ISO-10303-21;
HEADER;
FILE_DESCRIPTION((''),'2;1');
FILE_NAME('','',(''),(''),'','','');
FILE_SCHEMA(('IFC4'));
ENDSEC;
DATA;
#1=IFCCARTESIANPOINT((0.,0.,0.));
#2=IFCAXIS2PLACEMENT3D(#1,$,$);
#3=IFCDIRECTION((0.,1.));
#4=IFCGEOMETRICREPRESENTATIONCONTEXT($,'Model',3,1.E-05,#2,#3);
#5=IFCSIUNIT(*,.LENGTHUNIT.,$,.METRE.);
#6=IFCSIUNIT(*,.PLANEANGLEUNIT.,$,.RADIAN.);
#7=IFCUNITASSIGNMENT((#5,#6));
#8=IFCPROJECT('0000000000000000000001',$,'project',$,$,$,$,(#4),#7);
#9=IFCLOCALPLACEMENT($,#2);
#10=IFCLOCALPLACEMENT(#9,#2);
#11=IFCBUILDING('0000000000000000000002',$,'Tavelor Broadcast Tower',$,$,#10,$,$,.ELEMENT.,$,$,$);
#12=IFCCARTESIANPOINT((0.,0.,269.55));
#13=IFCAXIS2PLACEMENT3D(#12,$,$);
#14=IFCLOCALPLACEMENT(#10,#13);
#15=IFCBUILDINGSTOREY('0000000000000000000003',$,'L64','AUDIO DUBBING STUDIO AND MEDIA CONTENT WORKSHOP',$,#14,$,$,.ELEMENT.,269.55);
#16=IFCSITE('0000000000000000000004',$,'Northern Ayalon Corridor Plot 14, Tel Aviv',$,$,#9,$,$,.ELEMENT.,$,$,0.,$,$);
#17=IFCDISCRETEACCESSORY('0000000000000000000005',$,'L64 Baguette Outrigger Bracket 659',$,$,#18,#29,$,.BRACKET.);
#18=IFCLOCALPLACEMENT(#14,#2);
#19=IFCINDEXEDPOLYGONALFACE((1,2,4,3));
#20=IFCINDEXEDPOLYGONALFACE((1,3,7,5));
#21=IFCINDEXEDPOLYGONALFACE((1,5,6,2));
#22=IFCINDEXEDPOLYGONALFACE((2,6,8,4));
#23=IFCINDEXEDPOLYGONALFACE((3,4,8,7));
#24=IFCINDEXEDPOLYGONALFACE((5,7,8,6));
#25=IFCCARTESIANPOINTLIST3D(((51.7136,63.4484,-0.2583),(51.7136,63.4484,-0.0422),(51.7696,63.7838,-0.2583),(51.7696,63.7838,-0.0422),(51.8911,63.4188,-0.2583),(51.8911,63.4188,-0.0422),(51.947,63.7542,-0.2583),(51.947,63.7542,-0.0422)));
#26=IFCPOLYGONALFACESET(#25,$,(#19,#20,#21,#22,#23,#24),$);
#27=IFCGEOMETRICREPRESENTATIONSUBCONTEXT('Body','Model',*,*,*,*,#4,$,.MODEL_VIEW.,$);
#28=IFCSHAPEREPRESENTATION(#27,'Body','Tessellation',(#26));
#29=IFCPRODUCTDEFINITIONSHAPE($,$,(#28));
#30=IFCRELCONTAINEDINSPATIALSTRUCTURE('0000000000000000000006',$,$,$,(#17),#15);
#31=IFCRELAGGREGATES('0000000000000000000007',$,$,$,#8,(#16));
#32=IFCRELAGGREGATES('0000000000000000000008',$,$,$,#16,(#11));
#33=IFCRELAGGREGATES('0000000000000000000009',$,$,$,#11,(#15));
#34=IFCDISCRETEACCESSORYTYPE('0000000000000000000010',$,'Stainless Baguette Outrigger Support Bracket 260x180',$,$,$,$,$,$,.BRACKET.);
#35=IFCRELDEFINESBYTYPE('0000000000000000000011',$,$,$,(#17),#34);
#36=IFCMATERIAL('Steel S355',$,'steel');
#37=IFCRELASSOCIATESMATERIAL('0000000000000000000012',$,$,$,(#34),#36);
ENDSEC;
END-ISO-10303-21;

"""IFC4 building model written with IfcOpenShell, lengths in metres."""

from ifc_helpers import new_model, si_unit, direction, frame, origin, origin_2d, place, context, subcontext, project, spatial, rectangle, extrude, source, transform, mapped, material, type_object, type_shapes, element, save


model = new_model("IFC4")

# Units and contexts
model_context = context("Model", 3, precision=1e-05, world=origin(), true_north=direction((0.0, 1.0)))
body_context = subcontext(model_context, "Body", "Model", "MODEL_VIEW")
ifc_project = project(units=[si_unit("LENGTHUNIT", "METRE"), si_unit("PLANEANGLEUNIT", "RADIAN")], contexts=[model_context])

# Site, building, storey
site_placement = place(None, origin())
site = spatial("IfcSite", under=ifc_project, at=site_placement, Name="Northern Ayalon Corridor Plot 14, Tel Aviv", CompositionType="ELEMENT", RefElevation=0.0)
building_placement = place(site_placement, origin())
building = spatial("IfcBuilding", under=site, at=building_placement, Name="Tavelor Broadcast Tower", CompositionType="ELEMENT")
storey_placement = place(building_placement, frame((0.0, 0.0, 269.55)))
storey = spatial("IfcBuildingStorey", under=building, at=storey_placement, Name="L64", Description="AUDIO DUBBING STUDIO AND MEDIA CONTENT WORKSHOP", CompositionType="ELEMENT", Elevation=269.55)

# Discrete accessory
ifc_material_1 = material(Name="Steel S355", Category="steel")
discrete_accessory_type = type_object("IfcDiscreteAccessoryType", Name="Stainless Baguette Outrigger Support Bracket 260x180", PredefinedType="BRACKET", material=ifc_material_1)
shared_shape_1 = source(origin(), body_context, "Body", "SweptSolid", [
    extrude(rectangle(XDim=0.1799, YDim=0.3401, at=origin_2d()), origin(), (0.0, 0.0, 1.0), 0.2161),
])
type_shapes(discrete_accessory_type, [shared_shape_1])
discrete_accessory_placement = place(storey_placement, frame((51.8303, 63.6013, -0.2583), z_axis=(0.0, 0.0, 1.0), x_axis=(-0.986372, 0.164531, 0.0)))
element("IfcDiscreteAccessory", 1, at=discrete_accessory_placement, inside=storey, type_object=discrete_accessory_type, Name="L64 Baguette Outrigger Bracket 659", PredefinedType="BRACKET", context=body_context, shape_type="MappedRepresentation", body=[
    mapped(shared_shape_1, transform((0.0, 0.0, 0.0), scale=1.0)),
])

save(model, "model.ifc")
